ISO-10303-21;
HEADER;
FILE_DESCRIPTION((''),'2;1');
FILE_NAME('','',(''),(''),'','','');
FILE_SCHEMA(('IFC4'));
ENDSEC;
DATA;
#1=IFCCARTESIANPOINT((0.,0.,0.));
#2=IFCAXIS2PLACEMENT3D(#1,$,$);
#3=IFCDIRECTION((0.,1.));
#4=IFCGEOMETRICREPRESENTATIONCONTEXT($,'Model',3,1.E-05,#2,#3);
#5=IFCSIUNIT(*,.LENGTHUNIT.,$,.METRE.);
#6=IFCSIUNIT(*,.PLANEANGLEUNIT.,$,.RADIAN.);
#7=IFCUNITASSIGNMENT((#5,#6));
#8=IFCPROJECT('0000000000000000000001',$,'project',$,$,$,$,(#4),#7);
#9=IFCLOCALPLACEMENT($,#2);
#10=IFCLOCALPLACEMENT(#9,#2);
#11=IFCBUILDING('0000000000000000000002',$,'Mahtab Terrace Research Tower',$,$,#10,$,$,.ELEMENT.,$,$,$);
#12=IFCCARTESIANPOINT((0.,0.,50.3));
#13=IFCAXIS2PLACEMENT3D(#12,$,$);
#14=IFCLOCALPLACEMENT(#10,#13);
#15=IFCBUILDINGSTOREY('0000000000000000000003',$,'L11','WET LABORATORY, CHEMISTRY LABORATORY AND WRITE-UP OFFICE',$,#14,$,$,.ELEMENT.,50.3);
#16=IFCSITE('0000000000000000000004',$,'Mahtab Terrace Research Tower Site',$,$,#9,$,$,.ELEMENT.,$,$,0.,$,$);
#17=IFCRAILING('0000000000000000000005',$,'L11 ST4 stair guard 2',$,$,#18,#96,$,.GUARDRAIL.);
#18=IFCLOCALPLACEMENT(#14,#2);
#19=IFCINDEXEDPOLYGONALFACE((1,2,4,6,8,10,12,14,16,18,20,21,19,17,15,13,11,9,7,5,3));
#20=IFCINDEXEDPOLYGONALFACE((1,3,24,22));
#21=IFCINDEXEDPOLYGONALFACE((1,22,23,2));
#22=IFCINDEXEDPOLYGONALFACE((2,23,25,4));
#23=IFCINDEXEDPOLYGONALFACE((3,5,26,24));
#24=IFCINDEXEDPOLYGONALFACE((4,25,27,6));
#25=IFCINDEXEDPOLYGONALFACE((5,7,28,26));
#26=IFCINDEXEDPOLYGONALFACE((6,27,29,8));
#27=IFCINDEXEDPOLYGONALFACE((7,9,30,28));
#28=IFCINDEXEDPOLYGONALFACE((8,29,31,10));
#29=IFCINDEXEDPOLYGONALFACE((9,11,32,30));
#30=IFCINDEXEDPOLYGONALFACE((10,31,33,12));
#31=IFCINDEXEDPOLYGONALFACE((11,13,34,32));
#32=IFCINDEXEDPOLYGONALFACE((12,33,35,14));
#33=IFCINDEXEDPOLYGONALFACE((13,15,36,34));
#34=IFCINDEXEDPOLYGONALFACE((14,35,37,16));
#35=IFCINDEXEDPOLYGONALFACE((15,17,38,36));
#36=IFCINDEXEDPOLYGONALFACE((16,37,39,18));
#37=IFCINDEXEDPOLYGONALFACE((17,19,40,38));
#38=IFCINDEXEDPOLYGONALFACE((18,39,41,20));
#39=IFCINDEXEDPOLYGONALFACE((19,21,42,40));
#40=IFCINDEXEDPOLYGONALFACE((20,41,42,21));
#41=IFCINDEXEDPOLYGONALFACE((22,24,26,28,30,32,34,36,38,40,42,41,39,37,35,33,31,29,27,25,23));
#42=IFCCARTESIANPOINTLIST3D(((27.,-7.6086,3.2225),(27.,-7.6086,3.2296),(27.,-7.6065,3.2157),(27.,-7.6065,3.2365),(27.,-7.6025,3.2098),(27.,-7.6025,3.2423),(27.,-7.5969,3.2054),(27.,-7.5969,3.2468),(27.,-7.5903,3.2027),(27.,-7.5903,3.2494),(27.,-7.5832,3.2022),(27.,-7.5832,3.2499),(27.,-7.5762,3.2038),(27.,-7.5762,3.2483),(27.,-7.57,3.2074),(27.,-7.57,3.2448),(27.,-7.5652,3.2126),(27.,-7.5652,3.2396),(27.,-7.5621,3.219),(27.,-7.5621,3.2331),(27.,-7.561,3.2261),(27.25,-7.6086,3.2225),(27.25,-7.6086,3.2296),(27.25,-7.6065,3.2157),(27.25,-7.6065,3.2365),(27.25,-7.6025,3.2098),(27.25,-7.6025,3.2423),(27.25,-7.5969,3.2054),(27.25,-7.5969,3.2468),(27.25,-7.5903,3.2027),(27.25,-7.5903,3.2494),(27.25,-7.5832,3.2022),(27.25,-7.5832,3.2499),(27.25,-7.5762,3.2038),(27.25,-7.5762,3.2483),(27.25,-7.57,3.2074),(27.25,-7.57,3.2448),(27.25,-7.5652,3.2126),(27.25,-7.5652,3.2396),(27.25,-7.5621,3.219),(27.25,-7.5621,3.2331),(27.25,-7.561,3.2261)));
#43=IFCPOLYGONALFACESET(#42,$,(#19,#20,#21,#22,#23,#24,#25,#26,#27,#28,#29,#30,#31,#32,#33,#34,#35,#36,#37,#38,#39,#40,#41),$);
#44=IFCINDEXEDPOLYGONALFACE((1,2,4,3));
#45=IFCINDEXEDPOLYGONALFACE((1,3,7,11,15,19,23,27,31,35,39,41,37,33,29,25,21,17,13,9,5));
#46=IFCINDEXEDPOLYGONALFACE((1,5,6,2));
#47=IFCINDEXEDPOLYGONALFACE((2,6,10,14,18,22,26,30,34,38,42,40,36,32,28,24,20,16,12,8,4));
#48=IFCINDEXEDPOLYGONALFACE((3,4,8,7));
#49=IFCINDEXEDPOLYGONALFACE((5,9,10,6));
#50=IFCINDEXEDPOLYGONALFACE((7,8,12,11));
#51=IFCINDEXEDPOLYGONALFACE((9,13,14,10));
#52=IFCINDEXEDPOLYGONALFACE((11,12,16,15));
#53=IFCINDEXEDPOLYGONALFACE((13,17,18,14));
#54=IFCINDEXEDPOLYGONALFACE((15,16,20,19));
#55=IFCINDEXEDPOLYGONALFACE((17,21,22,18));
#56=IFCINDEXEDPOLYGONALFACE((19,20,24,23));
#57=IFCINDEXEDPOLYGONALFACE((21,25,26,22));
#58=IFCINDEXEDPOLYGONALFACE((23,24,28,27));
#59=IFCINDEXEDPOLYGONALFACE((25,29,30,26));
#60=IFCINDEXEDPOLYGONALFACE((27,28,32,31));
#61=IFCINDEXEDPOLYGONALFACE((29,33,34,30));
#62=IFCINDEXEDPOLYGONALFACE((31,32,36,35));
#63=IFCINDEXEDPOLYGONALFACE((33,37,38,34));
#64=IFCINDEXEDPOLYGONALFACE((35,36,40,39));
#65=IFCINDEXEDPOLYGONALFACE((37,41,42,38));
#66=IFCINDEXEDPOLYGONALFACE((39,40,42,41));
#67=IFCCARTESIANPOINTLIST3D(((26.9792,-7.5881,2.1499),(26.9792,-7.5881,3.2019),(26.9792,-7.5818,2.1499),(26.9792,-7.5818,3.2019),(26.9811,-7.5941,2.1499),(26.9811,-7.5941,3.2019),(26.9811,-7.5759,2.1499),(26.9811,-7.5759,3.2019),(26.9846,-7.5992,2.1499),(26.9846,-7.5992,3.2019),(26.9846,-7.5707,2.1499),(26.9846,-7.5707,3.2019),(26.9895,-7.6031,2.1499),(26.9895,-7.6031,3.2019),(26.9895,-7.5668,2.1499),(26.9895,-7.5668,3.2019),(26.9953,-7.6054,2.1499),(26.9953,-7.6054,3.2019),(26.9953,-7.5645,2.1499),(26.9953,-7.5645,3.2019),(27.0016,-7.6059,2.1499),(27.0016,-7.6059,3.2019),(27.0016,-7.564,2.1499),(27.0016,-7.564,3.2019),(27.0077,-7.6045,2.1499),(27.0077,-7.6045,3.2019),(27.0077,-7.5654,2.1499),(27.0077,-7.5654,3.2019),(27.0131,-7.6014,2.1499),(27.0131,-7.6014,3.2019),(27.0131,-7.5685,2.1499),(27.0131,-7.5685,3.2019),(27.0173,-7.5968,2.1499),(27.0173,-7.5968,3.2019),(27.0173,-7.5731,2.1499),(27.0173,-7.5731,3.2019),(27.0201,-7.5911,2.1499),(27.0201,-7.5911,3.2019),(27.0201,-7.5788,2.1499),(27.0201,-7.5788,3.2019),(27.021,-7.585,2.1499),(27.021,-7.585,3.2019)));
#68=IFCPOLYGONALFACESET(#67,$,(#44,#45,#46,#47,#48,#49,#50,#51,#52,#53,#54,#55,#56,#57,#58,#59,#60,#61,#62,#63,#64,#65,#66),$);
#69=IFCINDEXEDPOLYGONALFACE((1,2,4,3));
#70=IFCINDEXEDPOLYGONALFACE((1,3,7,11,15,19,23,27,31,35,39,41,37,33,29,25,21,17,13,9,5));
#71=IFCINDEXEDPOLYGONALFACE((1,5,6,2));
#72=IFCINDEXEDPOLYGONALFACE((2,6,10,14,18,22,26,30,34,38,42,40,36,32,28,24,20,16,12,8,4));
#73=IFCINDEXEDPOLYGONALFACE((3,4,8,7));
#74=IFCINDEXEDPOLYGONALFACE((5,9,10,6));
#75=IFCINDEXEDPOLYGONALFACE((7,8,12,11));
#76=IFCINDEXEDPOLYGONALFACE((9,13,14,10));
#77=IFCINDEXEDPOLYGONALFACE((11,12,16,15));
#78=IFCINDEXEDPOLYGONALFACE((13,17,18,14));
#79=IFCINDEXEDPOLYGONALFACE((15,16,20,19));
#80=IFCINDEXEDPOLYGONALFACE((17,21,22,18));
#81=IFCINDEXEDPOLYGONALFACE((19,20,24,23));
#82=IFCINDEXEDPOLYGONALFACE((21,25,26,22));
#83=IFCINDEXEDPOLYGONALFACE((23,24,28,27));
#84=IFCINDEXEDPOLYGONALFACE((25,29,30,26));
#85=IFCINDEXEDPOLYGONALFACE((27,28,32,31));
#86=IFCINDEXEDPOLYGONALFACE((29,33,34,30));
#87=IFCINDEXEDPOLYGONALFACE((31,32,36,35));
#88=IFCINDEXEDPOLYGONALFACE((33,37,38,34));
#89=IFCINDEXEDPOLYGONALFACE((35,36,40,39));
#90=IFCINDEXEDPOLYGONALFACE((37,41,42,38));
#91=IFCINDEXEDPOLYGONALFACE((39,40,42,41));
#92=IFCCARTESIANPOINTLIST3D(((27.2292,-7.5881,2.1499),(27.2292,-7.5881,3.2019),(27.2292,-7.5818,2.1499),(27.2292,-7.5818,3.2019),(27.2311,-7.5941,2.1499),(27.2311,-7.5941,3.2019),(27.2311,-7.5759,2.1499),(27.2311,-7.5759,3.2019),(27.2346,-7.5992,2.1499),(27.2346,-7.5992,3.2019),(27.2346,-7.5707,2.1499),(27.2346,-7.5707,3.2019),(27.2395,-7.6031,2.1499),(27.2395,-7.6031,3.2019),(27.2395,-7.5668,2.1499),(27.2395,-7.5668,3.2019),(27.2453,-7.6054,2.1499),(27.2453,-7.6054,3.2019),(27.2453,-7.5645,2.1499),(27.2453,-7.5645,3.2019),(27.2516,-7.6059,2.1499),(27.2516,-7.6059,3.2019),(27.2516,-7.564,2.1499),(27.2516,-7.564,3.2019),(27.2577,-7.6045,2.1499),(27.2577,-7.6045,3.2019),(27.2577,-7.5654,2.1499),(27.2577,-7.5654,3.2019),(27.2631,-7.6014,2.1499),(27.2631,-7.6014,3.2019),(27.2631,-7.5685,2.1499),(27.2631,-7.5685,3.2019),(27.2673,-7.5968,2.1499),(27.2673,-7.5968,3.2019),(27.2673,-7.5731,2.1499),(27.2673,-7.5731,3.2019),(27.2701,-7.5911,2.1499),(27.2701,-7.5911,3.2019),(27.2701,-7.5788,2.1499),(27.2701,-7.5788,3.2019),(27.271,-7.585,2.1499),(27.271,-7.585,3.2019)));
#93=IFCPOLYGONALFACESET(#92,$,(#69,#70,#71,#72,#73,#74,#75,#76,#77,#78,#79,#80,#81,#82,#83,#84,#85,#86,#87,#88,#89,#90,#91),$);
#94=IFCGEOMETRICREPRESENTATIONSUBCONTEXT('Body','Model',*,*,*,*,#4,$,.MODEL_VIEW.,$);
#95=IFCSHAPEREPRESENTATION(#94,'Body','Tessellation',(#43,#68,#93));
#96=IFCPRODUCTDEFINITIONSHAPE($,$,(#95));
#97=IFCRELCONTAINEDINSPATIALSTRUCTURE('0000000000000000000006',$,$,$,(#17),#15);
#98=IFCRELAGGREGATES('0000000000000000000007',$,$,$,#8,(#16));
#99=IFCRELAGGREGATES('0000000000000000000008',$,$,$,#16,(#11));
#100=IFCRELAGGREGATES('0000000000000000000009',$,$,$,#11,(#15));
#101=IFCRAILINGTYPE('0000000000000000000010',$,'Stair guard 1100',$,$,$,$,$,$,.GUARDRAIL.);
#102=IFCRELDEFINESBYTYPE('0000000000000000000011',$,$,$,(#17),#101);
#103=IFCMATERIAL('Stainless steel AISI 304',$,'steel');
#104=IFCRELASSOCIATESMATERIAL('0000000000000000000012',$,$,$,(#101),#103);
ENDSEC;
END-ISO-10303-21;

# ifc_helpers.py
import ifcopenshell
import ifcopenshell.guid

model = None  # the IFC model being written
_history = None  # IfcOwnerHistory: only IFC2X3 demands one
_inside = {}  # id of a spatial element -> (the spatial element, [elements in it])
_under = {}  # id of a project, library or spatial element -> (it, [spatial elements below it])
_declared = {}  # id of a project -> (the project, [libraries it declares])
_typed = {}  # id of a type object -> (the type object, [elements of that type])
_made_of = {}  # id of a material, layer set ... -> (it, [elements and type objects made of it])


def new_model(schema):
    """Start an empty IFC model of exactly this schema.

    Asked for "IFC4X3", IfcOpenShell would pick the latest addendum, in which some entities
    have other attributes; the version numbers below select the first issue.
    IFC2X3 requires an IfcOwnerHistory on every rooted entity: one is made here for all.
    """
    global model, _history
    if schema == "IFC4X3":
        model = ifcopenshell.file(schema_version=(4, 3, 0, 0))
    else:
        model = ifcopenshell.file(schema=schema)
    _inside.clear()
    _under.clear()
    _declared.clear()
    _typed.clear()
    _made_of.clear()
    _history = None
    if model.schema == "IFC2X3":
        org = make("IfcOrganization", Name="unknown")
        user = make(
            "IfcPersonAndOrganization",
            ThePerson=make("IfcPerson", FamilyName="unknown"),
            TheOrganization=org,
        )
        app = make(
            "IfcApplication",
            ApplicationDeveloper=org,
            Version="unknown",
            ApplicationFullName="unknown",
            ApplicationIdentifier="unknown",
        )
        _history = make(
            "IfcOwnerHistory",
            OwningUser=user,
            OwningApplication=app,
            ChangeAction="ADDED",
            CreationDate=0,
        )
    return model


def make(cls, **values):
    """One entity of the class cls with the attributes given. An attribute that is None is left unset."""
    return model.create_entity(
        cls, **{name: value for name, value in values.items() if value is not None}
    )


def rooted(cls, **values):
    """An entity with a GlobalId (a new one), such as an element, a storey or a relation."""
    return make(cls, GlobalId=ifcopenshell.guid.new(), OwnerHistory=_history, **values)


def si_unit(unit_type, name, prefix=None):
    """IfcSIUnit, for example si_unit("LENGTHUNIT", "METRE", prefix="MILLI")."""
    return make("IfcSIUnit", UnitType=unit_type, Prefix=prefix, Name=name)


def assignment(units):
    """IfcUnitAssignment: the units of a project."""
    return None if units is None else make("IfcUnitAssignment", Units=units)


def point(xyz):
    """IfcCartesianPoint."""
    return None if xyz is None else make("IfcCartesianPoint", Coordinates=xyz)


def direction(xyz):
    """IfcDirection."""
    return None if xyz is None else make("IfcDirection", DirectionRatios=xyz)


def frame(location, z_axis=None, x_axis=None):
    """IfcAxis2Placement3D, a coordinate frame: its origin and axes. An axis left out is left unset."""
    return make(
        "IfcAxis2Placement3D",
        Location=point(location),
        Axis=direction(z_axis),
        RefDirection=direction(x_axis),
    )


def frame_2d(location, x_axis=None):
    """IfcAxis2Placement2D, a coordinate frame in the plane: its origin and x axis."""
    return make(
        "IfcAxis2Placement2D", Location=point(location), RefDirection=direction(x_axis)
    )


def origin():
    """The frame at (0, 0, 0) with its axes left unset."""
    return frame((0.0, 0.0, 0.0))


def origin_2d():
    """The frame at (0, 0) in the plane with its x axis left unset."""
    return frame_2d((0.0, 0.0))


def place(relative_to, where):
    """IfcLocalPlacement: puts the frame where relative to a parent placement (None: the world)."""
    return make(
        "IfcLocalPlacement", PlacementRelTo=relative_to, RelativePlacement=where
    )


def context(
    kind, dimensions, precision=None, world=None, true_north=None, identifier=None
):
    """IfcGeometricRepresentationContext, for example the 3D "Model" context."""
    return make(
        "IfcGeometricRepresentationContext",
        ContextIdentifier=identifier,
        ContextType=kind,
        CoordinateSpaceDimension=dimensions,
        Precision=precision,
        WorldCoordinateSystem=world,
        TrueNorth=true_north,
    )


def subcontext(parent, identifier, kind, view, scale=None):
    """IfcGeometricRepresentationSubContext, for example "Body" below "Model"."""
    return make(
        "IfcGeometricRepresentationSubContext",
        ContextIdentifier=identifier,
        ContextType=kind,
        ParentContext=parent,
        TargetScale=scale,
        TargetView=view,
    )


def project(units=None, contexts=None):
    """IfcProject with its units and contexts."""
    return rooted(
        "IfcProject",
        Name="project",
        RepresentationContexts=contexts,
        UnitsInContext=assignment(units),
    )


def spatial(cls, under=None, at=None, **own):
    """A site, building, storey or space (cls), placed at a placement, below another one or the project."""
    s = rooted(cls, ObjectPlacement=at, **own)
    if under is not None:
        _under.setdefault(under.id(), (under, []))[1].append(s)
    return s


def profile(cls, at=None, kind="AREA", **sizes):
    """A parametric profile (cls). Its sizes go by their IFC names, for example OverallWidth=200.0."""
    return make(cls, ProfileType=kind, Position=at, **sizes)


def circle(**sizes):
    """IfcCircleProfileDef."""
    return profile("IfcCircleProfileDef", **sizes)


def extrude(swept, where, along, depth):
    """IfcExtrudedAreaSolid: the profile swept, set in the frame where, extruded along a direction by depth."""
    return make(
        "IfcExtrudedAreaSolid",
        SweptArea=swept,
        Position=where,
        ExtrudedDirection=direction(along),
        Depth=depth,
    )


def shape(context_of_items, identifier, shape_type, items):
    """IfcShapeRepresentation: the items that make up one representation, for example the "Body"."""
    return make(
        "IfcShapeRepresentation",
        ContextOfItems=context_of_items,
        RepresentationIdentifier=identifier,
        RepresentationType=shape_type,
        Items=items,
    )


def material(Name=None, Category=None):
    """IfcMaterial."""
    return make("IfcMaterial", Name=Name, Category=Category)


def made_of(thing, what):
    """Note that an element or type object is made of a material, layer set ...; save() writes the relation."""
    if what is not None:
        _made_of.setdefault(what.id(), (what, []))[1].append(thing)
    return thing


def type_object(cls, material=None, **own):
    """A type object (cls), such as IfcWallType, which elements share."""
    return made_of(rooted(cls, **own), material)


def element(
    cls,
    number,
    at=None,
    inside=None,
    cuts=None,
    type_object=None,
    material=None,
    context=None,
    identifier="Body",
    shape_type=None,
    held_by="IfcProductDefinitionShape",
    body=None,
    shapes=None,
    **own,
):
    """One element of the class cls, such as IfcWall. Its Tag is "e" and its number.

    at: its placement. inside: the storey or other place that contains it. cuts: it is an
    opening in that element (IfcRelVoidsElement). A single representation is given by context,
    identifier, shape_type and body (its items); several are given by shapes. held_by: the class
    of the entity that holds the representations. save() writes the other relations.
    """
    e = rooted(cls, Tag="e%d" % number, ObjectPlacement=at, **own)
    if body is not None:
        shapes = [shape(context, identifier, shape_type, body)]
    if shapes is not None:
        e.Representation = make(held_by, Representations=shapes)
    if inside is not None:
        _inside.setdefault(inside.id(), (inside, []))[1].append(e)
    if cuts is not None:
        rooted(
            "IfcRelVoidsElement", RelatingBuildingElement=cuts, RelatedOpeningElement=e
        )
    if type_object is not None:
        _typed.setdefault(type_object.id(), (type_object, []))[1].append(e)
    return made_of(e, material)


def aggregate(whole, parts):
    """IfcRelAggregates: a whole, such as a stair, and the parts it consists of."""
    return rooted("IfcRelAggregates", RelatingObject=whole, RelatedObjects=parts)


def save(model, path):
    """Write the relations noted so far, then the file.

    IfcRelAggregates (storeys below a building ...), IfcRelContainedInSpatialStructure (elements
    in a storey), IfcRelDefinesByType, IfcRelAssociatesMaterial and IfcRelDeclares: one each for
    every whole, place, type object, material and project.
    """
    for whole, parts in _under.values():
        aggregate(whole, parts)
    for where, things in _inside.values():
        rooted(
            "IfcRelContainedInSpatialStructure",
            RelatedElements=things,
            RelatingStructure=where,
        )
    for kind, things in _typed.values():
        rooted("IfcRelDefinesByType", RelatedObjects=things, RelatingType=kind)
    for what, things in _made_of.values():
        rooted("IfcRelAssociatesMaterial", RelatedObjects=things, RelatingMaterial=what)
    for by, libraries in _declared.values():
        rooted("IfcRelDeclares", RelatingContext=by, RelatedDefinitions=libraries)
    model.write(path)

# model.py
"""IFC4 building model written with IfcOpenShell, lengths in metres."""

from ifc_helpers import new_model, si_unit, direction, frame, origin, origin_2d, place, context, subcontext, project, spatial, circle, extrude, material, type_object, element, save


model = new_model("IFC4")

# Units and contexts
model_context = context("Model", 3, precision=1e-05, world=origin(), true_north=direction((0.0, 1.0)))
body_context = subcontext(model_context, "Body", "Model", "MODEL_VIEW")
ifc_project = project(units=[si_unit("LENGTHUNIT", "METRE"), si_unit("PLANEANGLEUNIT", "RADIAN")], contexts=[model_context])

# Site, building, storey
site_placement = place(None, origin())
site = spatial("IfcSite", under=ifc_project, at=site_placement, Name="Mahtab Terrace Research Tower Site", CompositionType="ELEMENT", RefElevation=0.0)
building_placement = place(site_placement, origin())
building = spatial("IfcBuilding", under=site, at=building_placement, Name="Mahtab Terrace Research Tower", CompositionType="ELEMENT")
storey_placement = place(building_placement, frame((0.0, 0.0, 50.3)))
storey = spatial("IfcBuildingStorey", under=building, at=storey_placement, Name="L11", Description="WET LABORATORY, CHEMISTRY LABORATORY AND WRITE-UP OFFICE", CompositionType="ELEMENT", Elevation=50.3)

# Railing
ifc_material_1 = material(Name="Stainless steel AISI 304", Category="steel")
railing_type_1 = type_object("IfcRailingType", Name="Stair guard 1100", PredefinedType="GUARDRAIL", material=ifc_material_1)
railing_1_placement = place(storey_placement, frame((27.0, -7.585, 2.1499)))
element("IfcRailing", 1, at=railing_1_placement, inside=storey, type_object=railing_type_1, Name="L11 ST4 stair guard 2", PredefinedType="GUARDRAIL", context=body_context, shape_type="SweptSolid", body=[
    extrude(circle(Radius=0.0239, at=origin_2d()), frame((0.0, 0.0, 1.0762), z_axis=(1.0, 0.0, 0.0), x_axis=(0.0, 1.0, 0.0)), (0.0, 0.0, 1.0), 0.25),
    extrude(circle(Radius=0.021, at=origin_2d()), origin(), (0.0, 0.0, 1.0), 1.052),
    extrude(circle(Radius=0.021, at=origin_2d()), frame((0.25, 0.0, 0.0)), (0.0, 0.0, 1.0), 1.052),
])

save(model, "model.ifc")
